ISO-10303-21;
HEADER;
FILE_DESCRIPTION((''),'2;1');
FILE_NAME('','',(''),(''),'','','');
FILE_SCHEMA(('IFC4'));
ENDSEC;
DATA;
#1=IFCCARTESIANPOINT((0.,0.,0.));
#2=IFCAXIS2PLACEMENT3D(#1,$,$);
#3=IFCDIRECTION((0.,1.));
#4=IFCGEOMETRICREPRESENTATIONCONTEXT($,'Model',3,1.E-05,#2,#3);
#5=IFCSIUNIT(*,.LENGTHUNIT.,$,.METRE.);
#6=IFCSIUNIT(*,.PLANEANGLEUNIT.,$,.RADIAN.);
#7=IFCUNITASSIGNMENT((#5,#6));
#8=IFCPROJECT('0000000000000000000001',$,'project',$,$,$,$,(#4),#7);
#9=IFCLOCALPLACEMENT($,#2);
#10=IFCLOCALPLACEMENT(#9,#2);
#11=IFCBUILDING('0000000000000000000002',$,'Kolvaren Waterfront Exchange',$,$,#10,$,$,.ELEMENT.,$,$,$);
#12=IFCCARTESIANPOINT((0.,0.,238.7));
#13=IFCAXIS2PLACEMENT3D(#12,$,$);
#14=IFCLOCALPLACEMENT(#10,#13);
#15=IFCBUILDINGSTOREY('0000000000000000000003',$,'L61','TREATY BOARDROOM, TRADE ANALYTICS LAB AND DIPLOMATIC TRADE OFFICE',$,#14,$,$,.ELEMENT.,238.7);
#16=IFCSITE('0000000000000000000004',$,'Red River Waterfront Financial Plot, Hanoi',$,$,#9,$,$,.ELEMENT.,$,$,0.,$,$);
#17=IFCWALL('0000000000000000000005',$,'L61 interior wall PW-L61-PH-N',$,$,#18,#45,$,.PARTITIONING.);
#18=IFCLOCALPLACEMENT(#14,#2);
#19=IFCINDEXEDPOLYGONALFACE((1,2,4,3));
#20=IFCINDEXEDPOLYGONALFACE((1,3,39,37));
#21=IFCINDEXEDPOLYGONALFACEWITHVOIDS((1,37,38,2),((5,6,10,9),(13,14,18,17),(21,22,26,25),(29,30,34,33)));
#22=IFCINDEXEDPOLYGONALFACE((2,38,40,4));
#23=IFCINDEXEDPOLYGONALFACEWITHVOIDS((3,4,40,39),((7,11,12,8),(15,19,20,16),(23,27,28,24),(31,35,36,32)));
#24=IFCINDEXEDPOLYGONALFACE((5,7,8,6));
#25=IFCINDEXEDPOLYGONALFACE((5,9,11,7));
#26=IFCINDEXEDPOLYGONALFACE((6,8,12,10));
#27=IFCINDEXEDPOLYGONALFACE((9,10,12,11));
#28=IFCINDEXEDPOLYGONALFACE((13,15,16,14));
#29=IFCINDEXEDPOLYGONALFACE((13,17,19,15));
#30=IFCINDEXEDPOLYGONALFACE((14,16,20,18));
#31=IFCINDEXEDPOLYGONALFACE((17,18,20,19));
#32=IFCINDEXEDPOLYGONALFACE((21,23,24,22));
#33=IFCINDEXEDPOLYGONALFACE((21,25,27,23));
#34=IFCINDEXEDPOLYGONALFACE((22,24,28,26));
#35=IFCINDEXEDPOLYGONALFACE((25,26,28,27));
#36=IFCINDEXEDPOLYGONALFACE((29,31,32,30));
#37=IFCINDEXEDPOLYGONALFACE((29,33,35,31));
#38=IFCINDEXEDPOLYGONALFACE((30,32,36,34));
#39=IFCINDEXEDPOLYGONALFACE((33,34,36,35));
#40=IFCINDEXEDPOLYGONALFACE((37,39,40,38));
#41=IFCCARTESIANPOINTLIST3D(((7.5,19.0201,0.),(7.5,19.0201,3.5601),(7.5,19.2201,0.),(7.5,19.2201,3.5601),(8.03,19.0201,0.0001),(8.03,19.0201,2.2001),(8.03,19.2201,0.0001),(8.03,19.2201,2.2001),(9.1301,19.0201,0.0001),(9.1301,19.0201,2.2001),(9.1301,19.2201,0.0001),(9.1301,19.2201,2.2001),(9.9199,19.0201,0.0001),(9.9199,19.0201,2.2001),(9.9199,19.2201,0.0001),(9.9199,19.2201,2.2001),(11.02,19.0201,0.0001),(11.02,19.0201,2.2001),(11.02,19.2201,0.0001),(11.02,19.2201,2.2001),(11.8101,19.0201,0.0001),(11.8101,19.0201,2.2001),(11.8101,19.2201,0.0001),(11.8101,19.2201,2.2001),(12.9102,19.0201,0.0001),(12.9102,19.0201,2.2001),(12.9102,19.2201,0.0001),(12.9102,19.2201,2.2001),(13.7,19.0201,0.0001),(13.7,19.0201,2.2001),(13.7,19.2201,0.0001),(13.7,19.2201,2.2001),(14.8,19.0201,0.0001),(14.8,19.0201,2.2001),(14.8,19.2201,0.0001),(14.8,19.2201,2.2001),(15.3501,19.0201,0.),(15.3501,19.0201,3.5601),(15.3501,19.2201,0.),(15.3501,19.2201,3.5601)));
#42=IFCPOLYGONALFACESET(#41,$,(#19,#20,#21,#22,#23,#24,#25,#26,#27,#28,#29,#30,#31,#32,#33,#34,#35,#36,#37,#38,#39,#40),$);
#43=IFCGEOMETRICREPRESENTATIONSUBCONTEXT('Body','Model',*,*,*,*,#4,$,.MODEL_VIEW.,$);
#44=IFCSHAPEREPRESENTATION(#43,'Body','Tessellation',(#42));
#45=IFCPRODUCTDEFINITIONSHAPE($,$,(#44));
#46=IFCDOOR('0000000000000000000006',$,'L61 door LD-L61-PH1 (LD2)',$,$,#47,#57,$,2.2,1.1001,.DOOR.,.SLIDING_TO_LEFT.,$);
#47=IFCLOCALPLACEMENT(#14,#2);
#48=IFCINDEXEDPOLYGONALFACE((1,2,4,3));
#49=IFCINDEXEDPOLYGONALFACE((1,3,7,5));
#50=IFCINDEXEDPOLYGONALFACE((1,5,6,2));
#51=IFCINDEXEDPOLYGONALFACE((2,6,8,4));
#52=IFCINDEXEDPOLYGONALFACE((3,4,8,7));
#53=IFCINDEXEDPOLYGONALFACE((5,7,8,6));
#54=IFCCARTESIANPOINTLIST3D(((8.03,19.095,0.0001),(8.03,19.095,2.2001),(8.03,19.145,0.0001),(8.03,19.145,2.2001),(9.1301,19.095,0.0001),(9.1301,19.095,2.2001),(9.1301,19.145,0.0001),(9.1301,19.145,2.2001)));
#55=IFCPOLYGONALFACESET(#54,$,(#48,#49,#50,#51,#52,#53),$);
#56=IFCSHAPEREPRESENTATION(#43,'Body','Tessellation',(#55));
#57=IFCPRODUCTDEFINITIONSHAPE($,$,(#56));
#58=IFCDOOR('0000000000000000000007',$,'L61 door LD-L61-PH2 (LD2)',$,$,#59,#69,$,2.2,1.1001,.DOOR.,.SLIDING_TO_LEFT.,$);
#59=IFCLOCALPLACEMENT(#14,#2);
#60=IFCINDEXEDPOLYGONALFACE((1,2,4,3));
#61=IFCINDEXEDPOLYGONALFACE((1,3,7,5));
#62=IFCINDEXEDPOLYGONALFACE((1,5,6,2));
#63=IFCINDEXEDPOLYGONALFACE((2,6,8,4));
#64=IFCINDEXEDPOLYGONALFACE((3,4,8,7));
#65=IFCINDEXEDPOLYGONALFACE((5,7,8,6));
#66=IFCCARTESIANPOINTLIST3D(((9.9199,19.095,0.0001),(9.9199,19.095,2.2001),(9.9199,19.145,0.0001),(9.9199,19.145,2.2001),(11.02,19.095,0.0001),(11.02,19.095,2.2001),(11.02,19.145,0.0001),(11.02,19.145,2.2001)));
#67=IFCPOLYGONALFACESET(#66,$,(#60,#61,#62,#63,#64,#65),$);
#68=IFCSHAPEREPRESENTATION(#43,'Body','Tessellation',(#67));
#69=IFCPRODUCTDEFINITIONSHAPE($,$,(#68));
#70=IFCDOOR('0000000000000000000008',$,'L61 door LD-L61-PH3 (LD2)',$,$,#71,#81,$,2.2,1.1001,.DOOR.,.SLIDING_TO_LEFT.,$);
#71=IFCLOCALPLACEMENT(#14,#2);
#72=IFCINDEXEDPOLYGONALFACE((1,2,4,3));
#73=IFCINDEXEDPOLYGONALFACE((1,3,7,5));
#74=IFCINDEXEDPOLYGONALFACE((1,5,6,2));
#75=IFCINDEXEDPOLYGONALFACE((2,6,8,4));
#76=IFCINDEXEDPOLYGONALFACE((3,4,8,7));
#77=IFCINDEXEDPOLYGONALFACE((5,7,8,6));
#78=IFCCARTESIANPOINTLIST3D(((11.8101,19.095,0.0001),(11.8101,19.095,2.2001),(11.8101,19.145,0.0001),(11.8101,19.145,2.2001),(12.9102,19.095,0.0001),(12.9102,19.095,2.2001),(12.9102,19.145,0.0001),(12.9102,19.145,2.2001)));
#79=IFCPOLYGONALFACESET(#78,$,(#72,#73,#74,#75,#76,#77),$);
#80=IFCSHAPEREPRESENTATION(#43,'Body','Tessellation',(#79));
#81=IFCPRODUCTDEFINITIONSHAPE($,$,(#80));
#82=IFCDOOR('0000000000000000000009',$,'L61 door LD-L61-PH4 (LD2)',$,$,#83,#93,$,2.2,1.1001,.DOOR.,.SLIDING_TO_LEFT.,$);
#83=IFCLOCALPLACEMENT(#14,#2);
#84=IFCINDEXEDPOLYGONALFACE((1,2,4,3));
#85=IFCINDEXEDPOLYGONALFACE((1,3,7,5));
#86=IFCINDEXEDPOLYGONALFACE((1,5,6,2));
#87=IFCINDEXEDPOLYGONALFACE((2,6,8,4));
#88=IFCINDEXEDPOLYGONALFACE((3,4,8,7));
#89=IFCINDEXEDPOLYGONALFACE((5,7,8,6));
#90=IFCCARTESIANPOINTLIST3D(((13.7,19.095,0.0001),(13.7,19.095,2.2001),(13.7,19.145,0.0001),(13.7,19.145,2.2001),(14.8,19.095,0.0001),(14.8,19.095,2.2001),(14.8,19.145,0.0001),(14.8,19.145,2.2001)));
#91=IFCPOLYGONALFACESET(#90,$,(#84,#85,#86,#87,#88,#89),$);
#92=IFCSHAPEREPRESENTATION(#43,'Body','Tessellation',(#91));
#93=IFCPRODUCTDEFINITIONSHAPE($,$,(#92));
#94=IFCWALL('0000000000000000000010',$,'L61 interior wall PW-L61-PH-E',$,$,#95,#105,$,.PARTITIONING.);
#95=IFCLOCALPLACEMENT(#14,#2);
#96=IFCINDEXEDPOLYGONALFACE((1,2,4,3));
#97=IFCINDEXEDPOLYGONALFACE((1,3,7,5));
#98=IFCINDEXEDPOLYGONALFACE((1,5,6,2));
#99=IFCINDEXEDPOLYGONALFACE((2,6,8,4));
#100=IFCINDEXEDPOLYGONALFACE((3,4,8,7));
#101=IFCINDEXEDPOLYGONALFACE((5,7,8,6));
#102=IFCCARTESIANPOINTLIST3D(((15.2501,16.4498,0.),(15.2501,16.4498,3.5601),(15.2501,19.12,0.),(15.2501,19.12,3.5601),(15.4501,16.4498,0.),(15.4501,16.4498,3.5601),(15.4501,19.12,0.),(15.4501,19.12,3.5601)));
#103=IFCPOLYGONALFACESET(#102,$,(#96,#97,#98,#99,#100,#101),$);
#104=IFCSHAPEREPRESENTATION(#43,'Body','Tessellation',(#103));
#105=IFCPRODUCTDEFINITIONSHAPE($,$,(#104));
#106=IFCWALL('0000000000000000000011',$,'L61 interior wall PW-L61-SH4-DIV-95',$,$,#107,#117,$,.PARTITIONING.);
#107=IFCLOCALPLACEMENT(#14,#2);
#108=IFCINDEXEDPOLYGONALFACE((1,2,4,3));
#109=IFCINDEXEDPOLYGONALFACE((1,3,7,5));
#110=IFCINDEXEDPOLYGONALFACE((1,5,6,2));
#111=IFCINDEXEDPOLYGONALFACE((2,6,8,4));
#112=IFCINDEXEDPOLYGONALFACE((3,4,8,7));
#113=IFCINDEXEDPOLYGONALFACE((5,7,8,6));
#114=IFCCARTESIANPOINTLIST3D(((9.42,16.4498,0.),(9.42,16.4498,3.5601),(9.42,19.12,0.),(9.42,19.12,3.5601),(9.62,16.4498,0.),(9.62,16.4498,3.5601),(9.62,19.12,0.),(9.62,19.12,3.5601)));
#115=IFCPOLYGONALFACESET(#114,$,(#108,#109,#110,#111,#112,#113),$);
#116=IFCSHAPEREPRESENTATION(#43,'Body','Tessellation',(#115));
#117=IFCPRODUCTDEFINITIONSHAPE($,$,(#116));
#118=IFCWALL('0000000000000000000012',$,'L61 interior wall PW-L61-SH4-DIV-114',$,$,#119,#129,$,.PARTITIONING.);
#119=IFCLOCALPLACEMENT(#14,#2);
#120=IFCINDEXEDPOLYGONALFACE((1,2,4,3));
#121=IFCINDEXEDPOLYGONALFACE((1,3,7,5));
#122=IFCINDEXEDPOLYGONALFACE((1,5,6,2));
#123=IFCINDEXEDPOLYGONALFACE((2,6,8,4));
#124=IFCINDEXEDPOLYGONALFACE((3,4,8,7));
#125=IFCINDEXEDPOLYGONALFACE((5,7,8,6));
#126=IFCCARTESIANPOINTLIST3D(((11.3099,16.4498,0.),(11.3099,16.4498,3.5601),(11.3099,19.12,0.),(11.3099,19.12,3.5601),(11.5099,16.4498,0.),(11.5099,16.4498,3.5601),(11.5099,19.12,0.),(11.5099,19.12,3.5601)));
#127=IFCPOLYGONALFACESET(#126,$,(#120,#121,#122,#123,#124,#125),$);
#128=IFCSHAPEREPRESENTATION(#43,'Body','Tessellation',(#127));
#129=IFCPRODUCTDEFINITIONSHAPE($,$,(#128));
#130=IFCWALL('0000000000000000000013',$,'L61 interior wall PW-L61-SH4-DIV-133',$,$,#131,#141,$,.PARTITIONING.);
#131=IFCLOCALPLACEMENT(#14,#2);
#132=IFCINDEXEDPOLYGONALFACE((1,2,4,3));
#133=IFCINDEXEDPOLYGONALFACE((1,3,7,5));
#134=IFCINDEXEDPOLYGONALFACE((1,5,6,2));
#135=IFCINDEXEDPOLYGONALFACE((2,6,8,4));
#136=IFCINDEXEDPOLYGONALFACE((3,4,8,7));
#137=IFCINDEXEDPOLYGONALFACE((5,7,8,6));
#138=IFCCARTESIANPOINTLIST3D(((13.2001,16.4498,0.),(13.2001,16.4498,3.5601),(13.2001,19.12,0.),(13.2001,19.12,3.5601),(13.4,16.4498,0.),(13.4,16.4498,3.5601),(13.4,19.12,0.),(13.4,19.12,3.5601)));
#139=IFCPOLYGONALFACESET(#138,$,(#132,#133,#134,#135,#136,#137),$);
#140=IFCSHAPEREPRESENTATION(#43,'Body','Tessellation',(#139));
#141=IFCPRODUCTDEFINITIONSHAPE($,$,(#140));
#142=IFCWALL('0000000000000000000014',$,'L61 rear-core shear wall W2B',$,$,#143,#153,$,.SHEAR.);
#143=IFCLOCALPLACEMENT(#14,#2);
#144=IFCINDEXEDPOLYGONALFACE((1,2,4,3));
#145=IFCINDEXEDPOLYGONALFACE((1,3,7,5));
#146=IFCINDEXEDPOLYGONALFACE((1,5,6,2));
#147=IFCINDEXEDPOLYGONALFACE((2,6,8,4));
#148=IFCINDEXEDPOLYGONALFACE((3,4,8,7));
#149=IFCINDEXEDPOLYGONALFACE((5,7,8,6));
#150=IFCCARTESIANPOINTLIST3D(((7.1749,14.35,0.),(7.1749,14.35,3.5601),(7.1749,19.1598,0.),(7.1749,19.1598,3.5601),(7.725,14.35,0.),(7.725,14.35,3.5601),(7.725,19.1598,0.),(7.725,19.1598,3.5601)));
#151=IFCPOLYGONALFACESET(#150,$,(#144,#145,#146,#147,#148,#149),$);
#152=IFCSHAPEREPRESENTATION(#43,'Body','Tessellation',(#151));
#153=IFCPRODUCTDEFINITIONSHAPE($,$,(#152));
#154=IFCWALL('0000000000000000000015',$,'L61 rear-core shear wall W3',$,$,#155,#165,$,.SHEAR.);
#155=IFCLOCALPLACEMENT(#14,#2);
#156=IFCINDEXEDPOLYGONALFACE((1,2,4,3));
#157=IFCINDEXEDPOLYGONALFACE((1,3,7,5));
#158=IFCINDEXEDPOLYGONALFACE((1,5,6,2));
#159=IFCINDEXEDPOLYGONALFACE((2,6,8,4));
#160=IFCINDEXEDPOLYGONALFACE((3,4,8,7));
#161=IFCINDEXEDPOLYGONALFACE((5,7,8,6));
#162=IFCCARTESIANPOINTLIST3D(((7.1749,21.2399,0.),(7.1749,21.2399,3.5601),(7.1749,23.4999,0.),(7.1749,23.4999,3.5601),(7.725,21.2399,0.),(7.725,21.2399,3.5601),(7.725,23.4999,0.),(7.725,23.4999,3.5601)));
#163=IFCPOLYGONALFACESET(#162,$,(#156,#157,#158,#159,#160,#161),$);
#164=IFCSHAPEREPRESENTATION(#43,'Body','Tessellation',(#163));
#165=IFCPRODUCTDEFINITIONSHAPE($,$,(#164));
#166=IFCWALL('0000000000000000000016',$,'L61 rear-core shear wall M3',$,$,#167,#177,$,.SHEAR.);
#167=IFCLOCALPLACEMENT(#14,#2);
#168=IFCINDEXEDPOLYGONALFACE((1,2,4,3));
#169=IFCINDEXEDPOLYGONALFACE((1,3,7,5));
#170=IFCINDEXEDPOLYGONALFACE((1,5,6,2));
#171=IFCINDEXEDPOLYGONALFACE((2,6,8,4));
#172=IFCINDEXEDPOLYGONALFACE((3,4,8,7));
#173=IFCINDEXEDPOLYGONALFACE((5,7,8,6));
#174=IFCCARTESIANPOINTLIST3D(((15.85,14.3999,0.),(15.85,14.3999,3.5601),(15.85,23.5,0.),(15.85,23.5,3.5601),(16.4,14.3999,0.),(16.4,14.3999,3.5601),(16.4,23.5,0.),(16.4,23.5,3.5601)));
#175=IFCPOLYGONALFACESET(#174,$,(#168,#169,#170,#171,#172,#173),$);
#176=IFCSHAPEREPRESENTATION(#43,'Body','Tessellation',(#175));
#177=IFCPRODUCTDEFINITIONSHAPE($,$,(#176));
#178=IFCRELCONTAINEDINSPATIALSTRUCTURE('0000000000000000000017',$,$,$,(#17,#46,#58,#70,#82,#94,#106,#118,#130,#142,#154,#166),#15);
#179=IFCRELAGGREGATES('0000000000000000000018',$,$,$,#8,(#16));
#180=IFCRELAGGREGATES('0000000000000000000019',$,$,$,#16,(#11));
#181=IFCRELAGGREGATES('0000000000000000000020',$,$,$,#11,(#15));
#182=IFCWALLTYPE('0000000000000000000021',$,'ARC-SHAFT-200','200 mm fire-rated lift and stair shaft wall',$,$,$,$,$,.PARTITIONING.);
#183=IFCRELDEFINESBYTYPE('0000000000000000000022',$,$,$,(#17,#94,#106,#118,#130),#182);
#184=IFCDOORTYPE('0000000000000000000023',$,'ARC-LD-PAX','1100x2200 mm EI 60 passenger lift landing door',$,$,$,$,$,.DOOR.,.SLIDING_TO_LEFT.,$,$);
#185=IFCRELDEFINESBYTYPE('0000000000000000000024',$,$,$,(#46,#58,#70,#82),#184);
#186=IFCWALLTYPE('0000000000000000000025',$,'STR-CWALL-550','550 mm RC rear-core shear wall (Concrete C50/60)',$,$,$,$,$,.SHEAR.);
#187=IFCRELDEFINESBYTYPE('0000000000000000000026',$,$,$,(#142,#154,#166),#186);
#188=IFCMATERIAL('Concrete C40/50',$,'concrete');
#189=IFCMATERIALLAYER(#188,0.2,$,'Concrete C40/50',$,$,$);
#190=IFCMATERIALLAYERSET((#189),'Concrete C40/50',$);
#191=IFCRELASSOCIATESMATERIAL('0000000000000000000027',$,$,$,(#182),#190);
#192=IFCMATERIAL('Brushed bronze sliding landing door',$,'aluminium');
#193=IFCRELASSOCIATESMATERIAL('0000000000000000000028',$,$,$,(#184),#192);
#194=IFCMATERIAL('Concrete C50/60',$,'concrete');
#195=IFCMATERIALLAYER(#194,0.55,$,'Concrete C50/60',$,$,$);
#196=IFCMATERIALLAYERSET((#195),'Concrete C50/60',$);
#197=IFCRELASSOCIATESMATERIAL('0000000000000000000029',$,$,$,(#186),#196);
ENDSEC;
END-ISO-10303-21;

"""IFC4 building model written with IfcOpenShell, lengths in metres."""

from ifc_helpers import new_model, si_unit, direction, frame, frame_2d, origin, place, context, subcontext, project, spatial, rectangle, extrude, material, layer, layer_set, type_object, element, fill, save


model = new_model("IFC4")

# Units and contexts
model_context = context("Model", 3, precision=1e-05, world=origin(), true_north=direction((0.0, 1.0)))
body_context = subcontext(model_context, "Body", "Model", "MODEL_VIEW")
ifc_project = project(units=[si_unit("LENGTHUNIT", "METRE"), si_unit("PLANEANGLEUNIT", "RADIAN")], contexts=[model_context])

# Site, building, storey
site_placement = place(None, origin())
site = spatial("IfcSite", under=ifc_project, at=site_placement, Name="Red River Waterfront Financial Plot, Hanoi", CompositionType="ELEMENT", RefElevation=0.0)
building_placement = place(site_placement, origin())
building = spatial("IfcBuilding", under=site, at=building_placement, Name="Kolvaren Waterfront Exchange", CompositionType="ELEMENT")
storey_placement = place(building_placement, frame((0.0, 0.0, 238.7)))
storey = spatial("IfcBuildingStorey", under=building, at=storey_placement, Name="L61", Description="TREATY BOARDROOM, TRADE ANALYTICS LAB AND DIPLOMATIC TRADE OFFICE", CompositionType="ELEMENT", Elevation=238.7)

# Shared definitions
ifc_material_1 = material(Name="Concrete C40/50", Category="concrete")
ifc_layer_1 = layer(ifc_material_1, 0.2, Name="Concrete C40/50")
ifc_layer_set_1 = layer_set([ifc_layer_1], Name="Concrete C40/50")
wall_type_1 = type_object("IfcWallType", Name="ARC-SHAFT-200", Description="200 mm fire-rated lift and stair shaft wall", PredefinedType="PARTITIONING", material=ifc_layer_set_1)

# Wall, openings, doors
wall_1_placement = place(storey_placement, frame((7.5, 19.1201, 0.0), z_axis=(0.0, 0.0, 1.0), x_axis=(1.0, 0.0, 0.0)))
wall_1 = element("IfcWall", 1, at=wall_1_placement, inside=storey, type_object=wall_type_1, Name="L61 interior wall PW-L61-PH-N", PredefinedType="PARTITIONING", context=body_context, shape_type="SweptSolid", body=[
    extrude(rectangle(XDim=7.8501, YDim=0.2, at=frame_2d((3.925, 0.0))), origin(), (0.0, 0.0, 1.0), 3.5601),
])
opening_1_placement = place(wall_1_placement, frame((0.53, 0.0, 0.0)))
opening_1 = element("IfcOpeningElement", 2, at=opening_1_placement, cuts=wall_1, PredefinedType="OPENING", context=body_context, shape_type="SweptSolid", body=[
    extrude(rectangle(XDim=1.1001, YDim=2.2, at=frame_2d((0.55, 1.1001))), frame((0.0, 0.1099, 0.0), z_axis=(0.0, -1.0, 0.0), x_axis=(1.0, 0.0, 0.0)), (0.0, 0.0, 1.0), 0.22),
])
opening_2_placement = place(wall_1_placement, frame((2.4199, 0.0, 0.0)))
opening_2 = element("IfcOpeningElement", 3, at=opening_2_placement, cuts=wall_1, PredefinedType="OPENING", context=body_context, shape_type="SweptSolid", body=[
    extrude(rectangle(XDim=1.1001, YDim=2.2, at=frame_2d((0.55, 1.1001))), frame((0.0, 0.1099, 0.0), z_axis=(0.0, -1.0, 0.0), x_axis=(1.0, 0.0, 0.0)), (0.0, 0.0, 1.0), 0.22),
])
opening_3_placement = place(wall_1_placement, frame((4.3101, 0.0, 0.0)))
opening_3 = element("IfcOpeningElement", 4, at=opening_3_placement, cuts=wall_1, PredefinedType="OPENING", context=body_context, shape_type="SweptSolid", body=[
    extrude(rectangle(XDim=1.1001, YDim=2.2, at=frame_2d((0.55, 1.1001))), frame((0.0, 0.1099, 0.0), z_axis=(0.0, -1.0, 0.0), x_axis=(1.0, 0.0, 0.0)), (0.0, 0.0, 1.0), 0.22),
])
opening_4_placement = place(wall_1_placement, frame((6.2, 0.0, 0.0)))
opening_4 = element("IfcOpeningElement", 5, at=opening_4_placement, cuts=wall_1, PredefinedType="OPENING", context=body_context, shape_type="SweptSolid", body=[
    extrude(rectangle(XDim=1.1001, YDim=2.2, at=frame_2d((0.55, 1.1001))), frame((0.0, 0.1099, 0.0), z_axis=(0.0, -1.0, 0.0), x_axis=(1.0, 0.0, 0.0)), (0.0, 0.0, 1.0), 0.22),
])
ifc_material_2 = material(Name="Brushed bronze sliding landing door", Category="aluminium")
door_type_1 = type_object("IfcDoorType", Name="ARC-LD-PAX", Description="1100x2200 mm EI 60 passenger lift landing door", OperationType="SLIDING_TO_LEFT", PredefinedType="DOOR", material=ifc_material_2)
door_1_placement = place(opening_1_placement, origin())
door_1 = element("IfcDoor", 6, at=door_1_placement, inside=storey, type_object=door_type_1, Name="L61 door LD-L61-PH1 (LD2)", OperationType="SLIDING_TO_LEFT", OverallHeight=2.2, OverallWidth=1.1001, PredefinedType="DOOR", context=body_context, shape_type="SweptSolid", body=[
    extrude(rectangle(XDim=1.1001, YDim=2.2, at=frame_2d((0.55, 1.1001))), frame((0.0, 0.0249, 0.0), z_axis=(0.0, -1.0, 0.0), x_axis=(1.0, 0.0, 0.0)), (0.0, 0.0, 1.0), 0.05),
])
fill(opening_1, door_1)
door_2_placement = place(opening_2_placement, origin())
door_2 = element("IfcDoor", 7, at=door_2_placement, inside=storey, type_object=door_type_1, Name="L61 door LD-L61-PH2 (LD2)", OperationType="SLIDING_TO_LEFT", OverallHeight=2.2, OverallWidth=1.1001, PredefinedType="DOOR", context=body_context, shape_type="SweptSolid", body=[
    extrude(rectangle(XDim=1.1001, YDim=2.2, at=frame_2d((0.55, 1.1001))), frame((0.0, 0.0249, 0.0), z_axis=(0.0, -1.0, 0.0), x_axis=(1.0, 0.0, 0.0)), (0.0, 0.0, 1.0), 0.05),
])
fill(opening_2, door_2)
door_3_placement = place(opening_3_placement, origin())
door_3 = element("IfcDoor", 8, at=door_3_placement, inside=storey, type_object=door_type_1, Name="L61 door LD-L61-PH3 (LD2)", OperationType="SLIDING_TO_LEFT", OverallHeight=2.2, OverallWidth=1.1001, PredefinedType="DOOR", context=body_context, shape_type="SweptSolid", body=[
    extrude(rectangle(XDim=1.1001, YDim=2.2, at=frame_2d((0.55, 1.1001))), frame((0.0, 0.0249, 0.0), z_axis=(0.0, -1.0, 0.0), x_axis=(1.0, 0.0, 0.0)), (0.0, 0.0, 1.0), 0.05),
])
fill(opening_3, door_3)
door_4_placement = place(opening_4_placement, origin())
door_4 = element("IfcDoor", 9, at=door_4_placement, inside=storey, type_object=door_type_1, Name="L61 door LD-L61-PH4 (LD2)", OperationType="SLIDING_TO_LEFT", OverallHeight=2.2, OverallWidth=1.1001, PredefinedType="DOOR", context=body_context, shape_type="SweptSolid", body=[
    extrude(rectangle(XDim=1.1001, YDim=2.2, at=frame_2d((0.55, 1.1001))), frame((0.0, 0.0249, 0.0), z_axis=(0.0, -1.0, 0.0), x_axis=(1.0, 0.0, 0.0)), (0.0, 0.0, 1.0), 0.05),
])
fill(opening_4, door_4)

# Walls
for number, where, z_axis, x_axis, name in (
    (10, (15.3501, 16.45, 0.0), (0.0, 0.0, 1.0), (0.0, 1.0, 0.0), "L61 interior wall PW-L61-PH-E"),
    (11, (9.52, 16.45, 0.0), (0.0, 0.0, 1.0), (0.0, 1.0, 0.0), "L61 interior wall PW-L61-SH4-DIV-95"),
    (12, (11.4099, 16.45, 0.0), (0.0, 0.0, 1.0), (0.0, 1.0, 0.0), "L61 interior wall PW-L61-SH4-DIV-114"),
    (13, (13.3, 16.45, 0.0), (0.0, 0.0, 1.0), (0.0, 1.0, 0.0), "L61 interior wall PW-L61-SH4-DIV-133"),
):
    element("IfcWall", number, at=place(storey_placement, frame(where, z_axis=z_axis, x_axis=x_axis)), inside=storey, type_object=wall_type_1, Name=name, PredefinedType="PARTITIONING", context=body_context, shape_type="SweptSolid", body=[
        extrude(rectangle(XDim=2.6702, YDim=0.2, at=frame_2d((1.335, 0.0))), origin(), (0.0, 0.0, 1.0), 3.5601),
    ])
ifc_material_3 = material(Name="Concrete C50/60", Category="concrete")
ifc_layer_2 = layer(ifc_material_3, 0.55, Name="Concrete C50/60")
ifc_layer_set_2 = layer_set([ifc_layer_2], Name="Concrete C50/60")
wall_type_2 = type_object("IfcWallType", Name="STR-CWALL-550", Description="550 mm RC rear-core shear wall (Concrete C50/60)", PredefinedType="SHEAR", material=ifc_layer_set_2)
wall_2_placement = place(storey_placement, frame((7.45, 14.3501, 0.0), z_axis=(0.0, 0.0, 1.0), x_axis=(0.0, 1.0, 0.0)))
element("IfcWall", 14, at=wall_2_placement, inside=storey, type_object=wall_type_2, Name="L61 rear-core shear wall W2B", PredefinedType="SHEAR", context=body_context, shape_type="SweptSolid", body=[
    extrude(rectangle(XDim=4.8098, YDim=0.55, at=frame_2d((2.4048, 0.0))), origin(), (0.0, 0.0, 1.0), 3.5601),
])
wall_3_placement = place(storey_placement, frame((7.45, 21.24, 0.0), z_axis=(0.0, 0.0, 1.0), x_axis=(0.0, 1.0, 0.0)))
element("IfcWall", 15, at=wall_3_placement, inside=storey, type_object=wall_type_2, Name="L61 rear-core shear wall W3", PredefinedType="SHEAR", context=body_context, shape_type="SweptSolid", body=[
    extrude(rectangle(XDim=2.26, YDim=0.55, at=frame_2d((1.1299, 0.0))), origin(), (0.0, 0.0, 1.0), 3.5601),
])
wall_4_placement = place(storey_placement, frame((16.125, 14.3999, 0.0), z_axis=(0.0, 0.0, 1.0), x_axis=(0.0, 1.0, 0.0)))
element("IfcWall", 16, at=wall_4_placement, inside=storey, type_object=wall_type_2, Name="L61 rear-core shear wall M3", PredefinedType="SHEAR", context=body_context, shape_type="SweptSolid", body=[
    extrude(rectangle(XDim=9.1001, YDim=0.55, at=frame_2d((4.55, 0.0))), origin(), (0.0, 0.0, 1.0), 3.5601),
])

save(model, "model.ifc")
